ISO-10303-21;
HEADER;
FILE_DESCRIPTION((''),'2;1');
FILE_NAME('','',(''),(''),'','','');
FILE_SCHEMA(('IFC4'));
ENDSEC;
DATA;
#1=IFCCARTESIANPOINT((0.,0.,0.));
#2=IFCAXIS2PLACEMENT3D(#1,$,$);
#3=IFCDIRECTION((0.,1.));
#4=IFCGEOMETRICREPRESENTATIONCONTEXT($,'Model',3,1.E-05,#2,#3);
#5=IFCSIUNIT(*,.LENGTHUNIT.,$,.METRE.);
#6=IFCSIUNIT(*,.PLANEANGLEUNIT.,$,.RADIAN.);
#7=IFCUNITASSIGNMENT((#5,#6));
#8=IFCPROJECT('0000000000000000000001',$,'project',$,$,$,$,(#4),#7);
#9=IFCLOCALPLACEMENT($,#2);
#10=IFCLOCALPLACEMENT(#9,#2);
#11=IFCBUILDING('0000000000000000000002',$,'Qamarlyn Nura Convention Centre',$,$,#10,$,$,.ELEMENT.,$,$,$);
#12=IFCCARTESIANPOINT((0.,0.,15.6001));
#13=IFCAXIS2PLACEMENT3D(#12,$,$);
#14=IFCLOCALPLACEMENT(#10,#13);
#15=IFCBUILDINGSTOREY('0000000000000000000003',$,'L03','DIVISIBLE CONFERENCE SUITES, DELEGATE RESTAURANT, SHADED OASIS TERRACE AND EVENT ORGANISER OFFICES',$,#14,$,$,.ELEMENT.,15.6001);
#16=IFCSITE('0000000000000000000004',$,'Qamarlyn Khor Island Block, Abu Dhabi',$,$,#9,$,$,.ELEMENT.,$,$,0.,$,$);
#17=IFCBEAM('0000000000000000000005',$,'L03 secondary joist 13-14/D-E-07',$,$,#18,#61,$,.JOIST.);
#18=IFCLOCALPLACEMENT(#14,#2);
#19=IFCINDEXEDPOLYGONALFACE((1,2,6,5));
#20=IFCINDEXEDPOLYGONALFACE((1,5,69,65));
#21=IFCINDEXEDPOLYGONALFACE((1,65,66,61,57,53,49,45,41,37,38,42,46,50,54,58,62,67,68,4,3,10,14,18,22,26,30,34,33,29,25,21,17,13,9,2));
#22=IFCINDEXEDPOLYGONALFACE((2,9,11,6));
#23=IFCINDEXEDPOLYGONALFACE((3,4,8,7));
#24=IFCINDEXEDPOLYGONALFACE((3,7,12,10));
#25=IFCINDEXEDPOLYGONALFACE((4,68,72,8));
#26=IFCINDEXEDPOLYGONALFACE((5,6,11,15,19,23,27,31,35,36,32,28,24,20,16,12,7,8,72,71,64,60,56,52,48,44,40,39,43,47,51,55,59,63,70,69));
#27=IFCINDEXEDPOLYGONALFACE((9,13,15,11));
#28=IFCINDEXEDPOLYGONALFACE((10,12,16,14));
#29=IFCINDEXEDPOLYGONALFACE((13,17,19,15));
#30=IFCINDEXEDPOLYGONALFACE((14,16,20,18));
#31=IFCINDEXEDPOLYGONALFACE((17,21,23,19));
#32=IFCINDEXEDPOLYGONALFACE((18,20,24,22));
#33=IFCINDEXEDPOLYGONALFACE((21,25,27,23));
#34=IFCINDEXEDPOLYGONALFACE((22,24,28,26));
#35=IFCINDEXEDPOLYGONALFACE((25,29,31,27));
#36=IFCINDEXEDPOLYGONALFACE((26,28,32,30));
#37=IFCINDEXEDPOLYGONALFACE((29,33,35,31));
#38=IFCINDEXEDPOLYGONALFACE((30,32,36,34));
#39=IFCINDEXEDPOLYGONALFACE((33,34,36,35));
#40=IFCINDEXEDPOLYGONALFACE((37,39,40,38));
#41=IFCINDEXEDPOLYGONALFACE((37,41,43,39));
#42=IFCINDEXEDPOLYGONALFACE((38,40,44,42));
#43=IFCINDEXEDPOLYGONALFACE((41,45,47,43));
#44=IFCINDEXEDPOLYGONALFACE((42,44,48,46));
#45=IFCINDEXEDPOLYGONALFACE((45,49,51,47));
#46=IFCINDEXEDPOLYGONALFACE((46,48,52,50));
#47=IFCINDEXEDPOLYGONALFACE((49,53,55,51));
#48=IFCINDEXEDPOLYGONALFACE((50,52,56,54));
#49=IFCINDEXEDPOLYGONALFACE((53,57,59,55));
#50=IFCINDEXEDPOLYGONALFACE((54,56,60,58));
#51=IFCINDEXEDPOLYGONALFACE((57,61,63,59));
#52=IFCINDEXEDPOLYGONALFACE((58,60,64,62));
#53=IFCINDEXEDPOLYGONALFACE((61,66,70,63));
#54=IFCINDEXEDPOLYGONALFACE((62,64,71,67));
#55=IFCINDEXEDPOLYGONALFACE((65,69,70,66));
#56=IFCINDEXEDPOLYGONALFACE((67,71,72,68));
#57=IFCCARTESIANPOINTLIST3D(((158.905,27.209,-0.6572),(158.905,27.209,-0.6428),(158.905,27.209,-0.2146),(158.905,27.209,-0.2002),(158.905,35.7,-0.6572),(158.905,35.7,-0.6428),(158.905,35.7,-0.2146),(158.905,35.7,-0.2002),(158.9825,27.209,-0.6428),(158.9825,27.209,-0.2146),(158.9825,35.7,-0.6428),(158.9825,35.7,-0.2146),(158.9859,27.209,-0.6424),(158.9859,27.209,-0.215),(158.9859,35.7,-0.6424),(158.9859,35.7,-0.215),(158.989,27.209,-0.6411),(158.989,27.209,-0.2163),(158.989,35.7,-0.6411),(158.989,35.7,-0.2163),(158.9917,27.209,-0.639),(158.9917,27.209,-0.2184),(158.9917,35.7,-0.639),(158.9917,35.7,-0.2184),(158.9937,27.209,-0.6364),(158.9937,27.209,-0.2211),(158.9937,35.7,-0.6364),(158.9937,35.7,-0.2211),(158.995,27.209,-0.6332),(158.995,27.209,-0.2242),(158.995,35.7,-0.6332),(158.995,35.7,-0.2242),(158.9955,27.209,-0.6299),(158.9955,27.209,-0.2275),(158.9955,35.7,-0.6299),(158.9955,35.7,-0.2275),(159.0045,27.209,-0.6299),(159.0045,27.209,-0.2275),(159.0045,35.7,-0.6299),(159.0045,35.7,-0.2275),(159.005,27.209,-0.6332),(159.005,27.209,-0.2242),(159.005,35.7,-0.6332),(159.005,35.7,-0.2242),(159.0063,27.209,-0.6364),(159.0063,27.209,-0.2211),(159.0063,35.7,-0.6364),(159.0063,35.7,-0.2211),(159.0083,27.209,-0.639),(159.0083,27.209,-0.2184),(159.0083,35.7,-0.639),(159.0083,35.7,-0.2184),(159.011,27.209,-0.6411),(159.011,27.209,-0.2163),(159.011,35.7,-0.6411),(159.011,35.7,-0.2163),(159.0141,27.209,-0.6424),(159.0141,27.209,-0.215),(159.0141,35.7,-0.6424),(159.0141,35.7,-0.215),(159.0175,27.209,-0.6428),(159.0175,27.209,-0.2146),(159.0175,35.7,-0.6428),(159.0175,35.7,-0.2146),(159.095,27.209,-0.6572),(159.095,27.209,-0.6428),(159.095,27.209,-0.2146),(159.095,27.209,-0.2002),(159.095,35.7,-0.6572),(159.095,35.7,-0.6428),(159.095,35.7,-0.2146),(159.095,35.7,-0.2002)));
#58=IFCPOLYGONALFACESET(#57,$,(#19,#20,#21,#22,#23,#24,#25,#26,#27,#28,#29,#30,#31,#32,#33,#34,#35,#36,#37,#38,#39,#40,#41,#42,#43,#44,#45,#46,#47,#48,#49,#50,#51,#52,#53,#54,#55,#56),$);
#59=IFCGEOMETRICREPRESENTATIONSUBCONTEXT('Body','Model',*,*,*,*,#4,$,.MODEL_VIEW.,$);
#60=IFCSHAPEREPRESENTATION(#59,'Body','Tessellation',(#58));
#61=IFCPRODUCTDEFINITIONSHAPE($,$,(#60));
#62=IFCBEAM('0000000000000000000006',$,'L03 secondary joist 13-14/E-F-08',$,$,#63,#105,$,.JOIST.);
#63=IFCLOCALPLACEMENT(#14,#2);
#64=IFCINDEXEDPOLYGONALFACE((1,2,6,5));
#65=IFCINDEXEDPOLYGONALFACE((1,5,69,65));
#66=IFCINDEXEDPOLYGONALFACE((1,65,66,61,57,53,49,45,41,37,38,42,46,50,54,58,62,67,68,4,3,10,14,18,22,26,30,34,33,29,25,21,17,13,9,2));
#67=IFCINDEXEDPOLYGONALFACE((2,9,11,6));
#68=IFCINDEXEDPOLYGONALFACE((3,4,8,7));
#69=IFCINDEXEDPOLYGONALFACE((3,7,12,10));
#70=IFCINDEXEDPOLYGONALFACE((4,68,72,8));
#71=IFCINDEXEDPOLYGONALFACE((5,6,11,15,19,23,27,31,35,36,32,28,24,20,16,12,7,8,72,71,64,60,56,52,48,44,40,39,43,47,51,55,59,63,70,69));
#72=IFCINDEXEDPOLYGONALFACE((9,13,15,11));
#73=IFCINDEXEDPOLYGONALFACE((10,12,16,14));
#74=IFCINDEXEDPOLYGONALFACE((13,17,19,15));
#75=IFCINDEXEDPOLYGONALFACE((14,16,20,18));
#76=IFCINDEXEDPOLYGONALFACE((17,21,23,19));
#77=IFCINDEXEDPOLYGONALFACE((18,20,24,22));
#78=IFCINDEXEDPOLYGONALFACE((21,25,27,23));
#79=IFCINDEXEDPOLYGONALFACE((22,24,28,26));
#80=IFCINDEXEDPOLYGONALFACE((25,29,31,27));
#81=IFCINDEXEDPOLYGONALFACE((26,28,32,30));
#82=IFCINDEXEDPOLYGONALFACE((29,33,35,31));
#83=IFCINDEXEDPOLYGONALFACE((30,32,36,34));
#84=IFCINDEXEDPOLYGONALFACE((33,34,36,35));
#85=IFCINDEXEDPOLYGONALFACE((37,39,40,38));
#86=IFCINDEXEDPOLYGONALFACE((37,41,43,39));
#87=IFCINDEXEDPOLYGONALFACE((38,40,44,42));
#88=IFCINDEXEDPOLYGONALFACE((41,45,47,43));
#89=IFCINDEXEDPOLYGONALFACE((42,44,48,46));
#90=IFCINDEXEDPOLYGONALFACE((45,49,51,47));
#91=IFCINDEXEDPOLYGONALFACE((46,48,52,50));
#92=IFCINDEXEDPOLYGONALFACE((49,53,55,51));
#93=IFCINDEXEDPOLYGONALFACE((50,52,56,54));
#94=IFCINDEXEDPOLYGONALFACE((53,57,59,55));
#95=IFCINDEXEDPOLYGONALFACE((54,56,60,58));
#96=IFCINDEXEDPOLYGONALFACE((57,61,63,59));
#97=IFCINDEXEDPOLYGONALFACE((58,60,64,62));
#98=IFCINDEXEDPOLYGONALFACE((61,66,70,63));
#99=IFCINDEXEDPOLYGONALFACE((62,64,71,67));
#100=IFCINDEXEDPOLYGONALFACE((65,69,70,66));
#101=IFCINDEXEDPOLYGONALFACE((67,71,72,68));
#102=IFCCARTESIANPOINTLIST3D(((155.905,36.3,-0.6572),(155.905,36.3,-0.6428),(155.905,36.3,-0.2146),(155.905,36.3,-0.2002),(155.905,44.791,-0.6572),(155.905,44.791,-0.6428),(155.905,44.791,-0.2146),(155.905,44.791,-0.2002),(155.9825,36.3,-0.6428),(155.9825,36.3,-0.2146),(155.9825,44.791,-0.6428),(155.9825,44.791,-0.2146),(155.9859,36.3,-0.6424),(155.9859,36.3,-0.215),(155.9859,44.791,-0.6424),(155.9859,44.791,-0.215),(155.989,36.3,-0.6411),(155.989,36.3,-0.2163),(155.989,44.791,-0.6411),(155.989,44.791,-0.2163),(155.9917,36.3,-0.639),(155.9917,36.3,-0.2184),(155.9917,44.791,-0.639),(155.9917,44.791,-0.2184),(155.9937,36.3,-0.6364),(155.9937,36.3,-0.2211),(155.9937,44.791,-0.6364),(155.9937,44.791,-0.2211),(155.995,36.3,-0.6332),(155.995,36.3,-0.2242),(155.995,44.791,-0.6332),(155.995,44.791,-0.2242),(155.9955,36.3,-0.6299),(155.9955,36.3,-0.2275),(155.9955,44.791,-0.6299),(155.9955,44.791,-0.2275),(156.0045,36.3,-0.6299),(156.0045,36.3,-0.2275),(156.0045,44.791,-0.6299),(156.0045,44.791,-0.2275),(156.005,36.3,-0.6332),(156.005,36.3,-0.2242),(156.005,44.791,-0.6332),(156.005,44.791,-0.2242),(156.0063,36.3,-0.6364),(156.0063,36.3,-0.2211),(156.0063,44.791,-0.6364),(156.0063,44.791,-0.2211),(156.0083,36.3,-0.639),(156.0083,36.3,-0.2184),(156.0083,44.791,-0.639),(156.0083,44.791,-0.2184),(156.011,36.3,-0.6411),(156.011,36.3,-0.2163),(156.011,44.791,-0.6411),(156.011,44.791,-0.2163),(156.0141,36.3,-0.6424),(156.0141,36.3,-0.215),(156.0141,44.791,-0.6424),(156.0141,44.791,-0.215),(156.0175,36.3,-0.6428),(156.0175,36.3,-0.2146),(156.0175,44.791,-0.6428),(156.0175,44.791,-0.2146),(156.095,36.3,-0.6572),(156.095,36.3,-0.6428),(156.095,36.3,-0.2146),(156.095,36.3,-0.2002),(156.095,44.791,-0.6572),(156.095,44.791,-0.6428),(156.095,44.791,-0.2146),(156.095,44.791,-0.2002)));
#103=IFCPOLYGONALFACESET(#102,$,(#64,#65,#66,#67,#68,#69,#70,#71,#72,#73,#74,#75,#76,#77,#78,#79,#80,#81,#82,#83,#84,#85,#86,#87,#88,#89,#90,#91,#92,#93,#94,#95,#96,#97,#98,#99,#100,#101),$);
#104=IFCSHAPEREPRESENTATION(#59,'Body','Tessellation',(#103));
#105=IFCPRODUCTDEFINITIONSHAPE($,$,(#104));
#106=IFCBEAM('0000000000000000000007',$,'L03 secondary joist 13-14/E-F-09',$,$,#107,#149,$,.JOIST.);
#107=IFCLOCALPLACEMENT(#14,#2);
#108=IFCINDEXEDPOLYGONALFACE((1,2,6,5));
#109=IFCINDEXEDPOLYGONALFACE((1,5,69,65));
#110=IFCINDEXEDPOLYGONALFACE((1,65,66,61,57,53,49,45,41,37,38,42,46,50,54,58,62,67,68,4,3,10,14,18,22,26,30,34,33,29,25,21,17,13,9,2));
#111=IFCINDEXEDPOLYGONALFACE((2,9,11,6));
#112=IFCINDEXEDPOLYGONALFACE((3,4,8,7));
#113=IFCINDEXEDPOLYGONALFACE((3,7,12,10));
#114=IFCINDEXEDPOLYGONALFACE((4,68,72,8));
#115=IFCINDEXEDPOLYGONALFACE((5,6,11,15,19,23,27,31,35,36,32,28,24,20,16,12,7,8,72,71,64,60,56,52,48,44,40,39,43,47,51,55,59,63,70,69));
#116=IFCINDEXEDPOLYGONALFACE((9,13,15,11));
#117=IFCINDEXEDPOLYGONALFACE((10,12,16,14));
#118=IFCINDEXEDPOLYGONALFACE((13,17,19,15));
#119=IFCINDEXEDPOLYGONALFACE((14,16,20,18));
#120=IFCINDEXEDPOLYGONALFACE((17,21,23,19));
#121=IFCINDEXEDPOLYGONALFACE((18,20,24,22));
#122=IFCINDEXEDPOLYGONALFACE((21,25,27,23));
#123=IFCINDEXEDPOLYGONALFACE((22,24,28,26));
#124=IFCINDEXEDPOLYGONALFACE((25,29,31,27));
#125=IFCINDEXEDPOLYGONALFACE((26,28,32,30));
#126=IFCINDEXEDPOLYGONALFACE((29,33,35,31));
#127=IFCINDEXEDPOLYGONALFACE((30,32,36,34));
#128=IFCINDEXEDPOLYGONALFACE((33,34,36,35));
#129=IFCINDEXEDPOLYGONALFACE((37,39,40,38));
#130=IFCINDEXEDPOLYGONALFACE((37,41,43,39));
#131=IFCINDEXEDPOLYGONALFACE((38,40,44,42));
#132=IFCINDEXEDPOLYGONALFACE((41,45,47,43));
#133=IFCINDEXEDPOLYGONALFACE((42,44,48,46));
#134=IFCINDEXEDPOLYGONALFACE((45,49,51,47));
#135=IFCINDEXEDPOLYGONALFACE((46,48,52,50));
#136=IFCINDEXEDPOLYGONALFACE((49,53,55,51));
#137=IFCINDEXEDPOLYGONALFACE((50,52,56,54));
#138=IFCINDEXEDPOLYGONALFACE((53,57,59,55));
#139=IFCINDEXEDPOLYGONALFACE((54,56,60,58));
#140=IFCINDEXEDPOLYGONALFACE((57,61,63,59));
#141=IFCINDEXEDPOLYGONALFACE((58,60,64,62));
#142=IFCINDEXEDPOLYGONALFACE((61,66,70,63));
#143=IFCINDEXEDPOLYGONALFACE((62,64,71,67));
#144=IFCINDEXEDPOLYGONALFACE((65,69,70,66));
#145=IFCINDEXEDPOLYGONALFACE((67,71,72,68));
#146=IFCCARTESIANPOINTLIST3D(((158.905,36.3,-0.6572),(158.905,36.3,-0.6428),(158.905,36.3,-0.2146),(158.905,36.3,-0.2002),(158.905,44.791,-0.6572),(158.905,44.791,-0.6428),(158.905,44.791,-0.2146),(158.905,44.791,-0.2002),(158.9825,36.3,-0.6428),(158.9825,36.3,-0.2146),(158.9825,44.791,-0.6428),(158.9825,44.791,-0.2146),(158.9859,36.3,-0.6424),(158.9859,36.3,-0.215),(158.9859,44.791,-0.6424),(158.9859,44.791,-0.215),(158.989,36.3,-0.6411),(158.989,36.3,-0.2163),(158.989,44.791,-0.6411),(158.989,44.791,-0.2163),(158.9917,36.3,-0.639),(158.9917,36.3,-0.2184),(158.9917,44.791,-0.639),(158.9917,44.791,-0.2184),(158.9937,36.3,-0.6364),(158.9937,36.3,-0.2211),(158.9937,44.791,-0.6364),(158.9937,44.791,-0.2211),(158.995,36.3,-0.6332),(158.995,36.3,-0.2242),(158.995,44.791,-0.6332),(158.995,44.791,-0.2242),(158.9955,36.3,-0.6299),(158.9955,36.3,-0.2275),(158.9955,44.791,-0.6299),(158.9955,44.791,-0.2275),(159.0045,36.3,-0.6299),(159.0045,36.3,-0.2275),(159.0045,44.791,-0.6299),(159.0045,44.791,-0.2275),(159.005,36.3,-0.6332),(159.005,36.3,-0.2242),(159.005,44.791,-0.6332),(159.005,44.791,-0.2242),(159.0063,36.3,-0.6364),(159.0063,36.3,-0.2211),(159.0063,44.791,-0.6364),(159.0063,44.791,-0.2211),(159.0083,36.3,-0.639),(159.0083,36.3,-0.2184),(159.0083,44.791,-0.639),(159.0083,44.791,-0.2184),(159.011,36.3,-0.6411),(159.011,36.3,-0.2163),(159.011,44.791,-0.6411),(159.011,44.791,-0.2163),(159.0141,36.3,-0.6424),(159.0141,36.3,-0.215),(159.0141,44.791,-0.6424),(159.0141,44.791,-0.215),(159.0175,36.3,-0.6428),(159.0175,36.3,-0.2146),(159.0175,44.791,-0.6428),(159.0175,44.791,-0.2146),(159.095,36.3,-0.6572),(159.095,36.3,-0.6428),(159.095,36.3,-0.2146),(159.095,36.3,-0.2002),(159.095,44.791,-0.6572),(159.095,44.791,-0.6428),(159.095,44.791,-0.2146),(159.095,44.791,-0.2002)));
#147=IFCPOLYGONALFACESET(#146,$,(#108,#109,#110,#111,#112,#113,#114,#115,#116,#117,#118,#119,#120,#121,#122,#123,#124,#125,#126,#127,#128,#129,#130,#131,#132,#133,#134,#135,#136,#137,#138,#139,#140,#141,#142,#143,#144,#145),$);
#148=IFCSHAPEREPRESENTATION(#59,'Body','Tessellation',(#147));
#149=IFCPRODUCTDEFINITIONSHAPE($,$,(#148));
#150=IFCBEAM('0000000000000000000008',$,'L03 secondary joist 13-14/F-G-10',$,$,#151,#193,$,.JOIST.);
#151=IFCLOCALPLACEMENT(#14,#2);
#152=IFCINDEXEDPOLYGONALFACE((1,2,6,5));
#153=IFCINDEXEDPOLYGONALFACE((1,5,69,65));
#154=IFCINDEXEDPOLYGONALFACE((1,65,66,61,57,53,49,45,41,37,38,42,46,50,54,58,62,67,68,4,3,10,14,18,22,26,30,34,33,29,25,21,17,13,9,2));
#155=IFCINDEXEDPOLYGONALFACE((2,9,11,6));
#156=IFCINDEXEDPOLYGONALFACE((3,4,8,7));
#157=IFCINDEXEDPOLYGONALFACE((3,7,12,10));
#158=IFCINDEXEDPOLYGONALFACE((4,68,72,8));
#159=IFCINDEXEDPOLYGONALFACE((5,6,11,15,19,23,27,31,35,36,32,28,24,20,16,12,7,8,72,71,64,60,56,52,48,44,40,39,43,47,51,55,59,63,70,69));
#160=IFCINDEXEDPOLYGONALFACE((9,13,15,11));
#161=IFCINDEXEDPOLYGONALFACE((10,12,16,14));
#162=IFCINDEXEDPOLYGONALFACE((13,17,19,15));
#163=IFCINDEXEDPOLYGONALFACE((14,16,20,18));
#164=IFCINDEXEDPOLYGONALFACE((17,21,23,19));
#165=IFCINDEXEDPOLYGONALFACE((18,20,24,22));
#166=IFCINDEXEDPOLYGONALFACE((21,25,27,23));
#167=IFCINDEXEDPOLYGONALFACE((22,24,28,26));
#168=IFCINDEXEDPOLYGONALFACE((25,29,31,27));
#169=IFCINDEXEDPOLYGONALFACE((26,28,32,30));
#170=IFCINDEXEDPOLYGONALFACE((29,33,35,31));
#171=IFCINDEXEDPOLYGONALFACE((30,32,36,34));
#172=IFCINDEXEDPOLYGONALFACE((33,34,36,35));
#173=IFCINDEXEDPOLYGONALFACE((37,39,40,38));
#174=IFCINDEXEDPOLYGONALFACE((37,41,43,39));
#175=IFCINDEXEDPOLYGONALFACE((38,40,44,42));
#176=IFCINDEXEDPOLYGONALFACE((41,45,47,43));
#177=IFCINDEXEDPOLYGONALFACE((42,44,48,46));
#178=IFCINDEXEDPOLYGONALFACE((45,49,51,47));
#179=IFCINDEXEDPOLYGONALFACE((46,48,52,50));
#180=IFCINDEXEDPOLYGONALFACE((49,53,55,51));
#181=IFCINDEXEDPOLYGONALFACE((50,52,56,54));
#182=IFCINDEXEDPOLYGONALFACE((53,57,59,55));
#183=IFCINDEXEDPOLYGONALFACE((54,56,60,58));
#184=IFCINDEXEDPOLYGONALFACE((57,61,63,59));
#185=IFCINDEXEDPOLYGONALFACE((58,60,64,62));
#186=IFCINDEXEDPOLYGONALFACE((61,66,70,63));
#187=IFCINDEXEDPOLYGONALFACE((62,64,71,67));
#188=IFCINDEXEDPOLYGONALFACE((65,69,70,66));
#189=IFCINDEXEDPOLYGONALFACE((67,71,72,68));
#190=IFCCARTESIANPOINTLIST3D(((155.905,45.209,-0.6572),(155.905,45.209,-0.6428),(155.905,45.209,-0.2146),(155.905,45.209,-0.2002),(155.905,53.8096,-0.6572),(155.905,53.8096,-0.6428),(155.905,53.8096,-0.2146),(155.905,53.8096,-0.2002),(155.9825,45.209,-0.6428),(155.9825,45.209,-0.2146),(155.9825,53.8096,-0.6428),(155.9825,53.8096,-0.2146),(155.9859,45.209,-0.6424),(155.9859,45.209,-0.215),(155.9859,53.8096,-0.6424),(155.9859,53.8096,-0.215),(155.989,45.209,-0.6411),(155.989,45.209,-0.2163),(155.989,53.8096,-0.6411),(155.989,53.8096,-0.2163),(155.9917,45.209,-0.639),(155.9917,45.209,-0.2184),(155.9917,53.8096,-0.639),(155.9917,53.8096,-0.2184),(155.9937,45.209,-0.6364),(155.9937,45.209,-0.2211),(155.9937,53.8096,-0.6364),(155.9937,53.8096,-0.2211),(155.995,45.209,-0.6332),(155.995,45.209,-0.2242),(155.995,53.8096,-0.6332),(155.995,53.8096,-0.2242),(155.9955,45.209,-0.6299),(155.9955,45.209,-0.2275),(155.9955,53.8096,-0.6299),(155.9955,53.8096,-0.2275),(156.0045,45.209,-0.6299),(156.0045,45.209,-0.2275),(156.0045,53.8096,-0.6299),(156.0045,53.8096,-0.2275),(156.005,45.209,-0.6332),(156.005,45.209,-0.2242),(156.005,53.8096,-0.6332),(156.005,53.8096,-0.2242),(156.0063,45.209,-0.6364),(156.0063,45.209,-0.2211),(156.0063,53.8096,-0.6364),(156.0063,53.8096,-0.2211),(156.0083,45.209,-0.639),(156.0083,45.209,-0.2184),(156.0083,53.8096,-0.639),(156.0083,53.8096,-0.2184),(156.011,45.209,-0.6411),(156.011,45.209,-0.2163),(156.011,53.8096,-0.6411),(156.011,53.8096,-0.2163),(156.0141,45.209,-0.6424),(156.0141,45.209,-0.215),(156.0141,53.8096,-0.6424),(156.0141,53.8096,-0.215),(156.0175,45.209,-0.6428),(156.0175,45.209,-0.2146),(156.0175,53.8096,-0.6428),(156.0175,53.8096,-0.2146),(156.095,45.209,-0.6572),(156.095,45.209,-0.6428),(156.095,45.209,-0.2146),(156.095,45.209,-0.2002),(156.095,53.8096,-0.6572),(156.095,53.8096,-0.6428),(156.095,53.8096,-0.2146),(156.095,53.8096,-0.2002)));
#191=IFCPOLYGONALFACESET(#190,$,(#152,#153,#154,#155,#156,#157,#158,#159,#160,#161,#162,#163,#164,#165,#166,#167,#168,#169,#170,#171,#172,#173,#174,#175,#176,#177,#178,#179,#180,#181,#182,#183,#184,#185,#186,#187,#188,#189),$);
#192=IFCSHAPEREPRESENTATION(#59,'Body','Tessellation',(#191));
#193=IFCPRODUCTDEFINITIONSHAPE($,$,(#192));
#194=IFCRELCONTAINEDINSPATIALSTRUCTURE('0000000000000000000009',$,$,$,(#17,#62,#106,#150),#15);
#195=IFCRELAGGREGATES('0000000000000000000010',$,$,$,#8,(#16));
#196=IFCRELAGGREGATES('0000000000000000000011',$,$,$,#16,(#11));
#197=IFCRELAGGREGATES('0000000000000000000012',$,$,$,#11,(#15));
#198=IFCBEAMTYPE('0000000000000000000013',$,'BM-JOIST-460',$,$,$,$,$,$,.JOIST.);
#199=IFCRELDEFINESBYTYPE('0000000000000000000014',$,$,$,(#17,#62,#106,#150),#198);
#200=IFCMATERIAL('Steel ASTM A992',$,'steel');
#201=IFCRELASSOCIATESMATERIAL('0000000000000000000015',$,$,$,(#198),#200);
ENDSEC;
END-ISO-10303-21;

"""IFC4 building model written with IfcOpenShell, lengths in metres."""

from ifc_helpers import new_model, si_unit, direction, frame, origin, origin_2d, place, context, subcontext, project, spatial, i_section, extrude, material, material_profile, profile_set, type_object, element, save


model = new_model("IFC4")

# Units and contexts
model_context = context("Model", 3, precision=1e-05, world=origin(), true_north=direction((0.0, 1.0)))
body_context = subcontext(model_context, "Body", "Model", "MODEL_VIEW")
ifc_project = project(units=[si_unit("LENGTHUNIT", "METRE"), si_unit("PLANEANGLEUNIT", "RADIAN")], contexts=[model_context])

# Site, building, storey
site_placement = place(None, origin())
site = spatial("IfcSite", under=ifc_project, at=site_placement, Name="Qamarlyn Khor Island Block, Abu Dhabi", CompositionType="ELEMENT", RefElevation=0.0)
building_placement = place(site_placement, origin())
building = spatial("IfcBuilding", under=site, at=building_placement, Name="Qamarlyn Nura Convention Centre", CompositionType="ELEMENT")
storey_placement = place(building_placement, frame((0.0, 0.0, 15.6001)))
storey = spatial("IfcBuildingStorey", under=building, at=storey_placement, Name="L03", Description="DIVISIBLE CONFERENCE SUITES, DELEGATE RESTAURANT, SHADED OASIS TERRACE AND EVENT ORGANISER OFFICES", CompositionType="ELEMENT", Elevation=15.6001)

# Shared definitions
ifc_material_1 = material(Name="Steel ASTM A992", Category="steel")

# Beams
ifc_material_profile_1 = material_profile(ifc_material_1, i_section(OverallWidth=0.1899, OverallDepth=0.457, WebThickness=0.009, FlangeThickness=0.0144, FilletRadius=0.0129, at=origin_2d()), Name="W460X74")
ifc_profile_set_1 = profile_set([ifc_material_profile_1], Name="Steel ASTM A992")
beam_type_1 = type_object("IfcBeamType", Name="BM-JOIST-460", PredefinedType="JOIST", material=ifc_profile_set_1)
for number, where, z_axis, x_axis, name in (
    (1, (159.0, 27.209, -0.4287), (0.0, 1.0, 0.0), (-1.0, 0.0, 0.0), "L03 secondary joist 13-14/D-E-07"),
    (2, (156.0, 36.3, -0.4287), (0.0, 1.0, 0.0), (-1.0, 0.0, 0.0), "L03 secondary joist 13-14/E-F-08"),
    (3, (159.0, 36.3, -0.4287), (0.0, 1.0, 0.0), (-1.0, 0.0, 0.0), "L03 secondary joist 13-14/E-F-09"),
):
    element("IfcBeam", number, at=place(storey_placement, frame(where, z_axis=z_axis, x_axis=x_axis)), inside=storey, type_object=beam_type_1, Name=name, PredefinedType="JOIST", context=body_context, shape_type="SweptSolid", body=[
        extrude(i_section(OverallWidth=0.1899, OverallDepth=0.457, WebThickness=0.009, FlangeThickness=0.0144, FilletRadius=0.0129, at=origin_2d()), origin(), (0.0, 0.0, 1.0), 8.491),
    ])
for number, where, z_axis, x_axis, name in (
    (4, (156.0, 45.209, -0.4287), (0.0, 1.0, 0.0), (-1.0, 0.0, 0.0), "L03 secondary joist 13-14/F-G-10"),
):
    element("IfcBeam", number, at=place(storey_placement, frame(where, z_axis=z_axis, x_axis=x_axis)), inside=storey, type_object=beam_type_1, Name=name, PredefinedType="JOIST", context=body_context, shape_type="SweptSolid", body=[
        extrude(i_section(OverallWidth=0.1899, OverallDepth=0.457, WebThickness=0.009, FlangeThickness=0.0144, FilletRadius=0.0129, at=origin_2d()), origin(), (0.0, 0.0, 1.0), 8.6006),
    ])

save(model, "model.ifc")
